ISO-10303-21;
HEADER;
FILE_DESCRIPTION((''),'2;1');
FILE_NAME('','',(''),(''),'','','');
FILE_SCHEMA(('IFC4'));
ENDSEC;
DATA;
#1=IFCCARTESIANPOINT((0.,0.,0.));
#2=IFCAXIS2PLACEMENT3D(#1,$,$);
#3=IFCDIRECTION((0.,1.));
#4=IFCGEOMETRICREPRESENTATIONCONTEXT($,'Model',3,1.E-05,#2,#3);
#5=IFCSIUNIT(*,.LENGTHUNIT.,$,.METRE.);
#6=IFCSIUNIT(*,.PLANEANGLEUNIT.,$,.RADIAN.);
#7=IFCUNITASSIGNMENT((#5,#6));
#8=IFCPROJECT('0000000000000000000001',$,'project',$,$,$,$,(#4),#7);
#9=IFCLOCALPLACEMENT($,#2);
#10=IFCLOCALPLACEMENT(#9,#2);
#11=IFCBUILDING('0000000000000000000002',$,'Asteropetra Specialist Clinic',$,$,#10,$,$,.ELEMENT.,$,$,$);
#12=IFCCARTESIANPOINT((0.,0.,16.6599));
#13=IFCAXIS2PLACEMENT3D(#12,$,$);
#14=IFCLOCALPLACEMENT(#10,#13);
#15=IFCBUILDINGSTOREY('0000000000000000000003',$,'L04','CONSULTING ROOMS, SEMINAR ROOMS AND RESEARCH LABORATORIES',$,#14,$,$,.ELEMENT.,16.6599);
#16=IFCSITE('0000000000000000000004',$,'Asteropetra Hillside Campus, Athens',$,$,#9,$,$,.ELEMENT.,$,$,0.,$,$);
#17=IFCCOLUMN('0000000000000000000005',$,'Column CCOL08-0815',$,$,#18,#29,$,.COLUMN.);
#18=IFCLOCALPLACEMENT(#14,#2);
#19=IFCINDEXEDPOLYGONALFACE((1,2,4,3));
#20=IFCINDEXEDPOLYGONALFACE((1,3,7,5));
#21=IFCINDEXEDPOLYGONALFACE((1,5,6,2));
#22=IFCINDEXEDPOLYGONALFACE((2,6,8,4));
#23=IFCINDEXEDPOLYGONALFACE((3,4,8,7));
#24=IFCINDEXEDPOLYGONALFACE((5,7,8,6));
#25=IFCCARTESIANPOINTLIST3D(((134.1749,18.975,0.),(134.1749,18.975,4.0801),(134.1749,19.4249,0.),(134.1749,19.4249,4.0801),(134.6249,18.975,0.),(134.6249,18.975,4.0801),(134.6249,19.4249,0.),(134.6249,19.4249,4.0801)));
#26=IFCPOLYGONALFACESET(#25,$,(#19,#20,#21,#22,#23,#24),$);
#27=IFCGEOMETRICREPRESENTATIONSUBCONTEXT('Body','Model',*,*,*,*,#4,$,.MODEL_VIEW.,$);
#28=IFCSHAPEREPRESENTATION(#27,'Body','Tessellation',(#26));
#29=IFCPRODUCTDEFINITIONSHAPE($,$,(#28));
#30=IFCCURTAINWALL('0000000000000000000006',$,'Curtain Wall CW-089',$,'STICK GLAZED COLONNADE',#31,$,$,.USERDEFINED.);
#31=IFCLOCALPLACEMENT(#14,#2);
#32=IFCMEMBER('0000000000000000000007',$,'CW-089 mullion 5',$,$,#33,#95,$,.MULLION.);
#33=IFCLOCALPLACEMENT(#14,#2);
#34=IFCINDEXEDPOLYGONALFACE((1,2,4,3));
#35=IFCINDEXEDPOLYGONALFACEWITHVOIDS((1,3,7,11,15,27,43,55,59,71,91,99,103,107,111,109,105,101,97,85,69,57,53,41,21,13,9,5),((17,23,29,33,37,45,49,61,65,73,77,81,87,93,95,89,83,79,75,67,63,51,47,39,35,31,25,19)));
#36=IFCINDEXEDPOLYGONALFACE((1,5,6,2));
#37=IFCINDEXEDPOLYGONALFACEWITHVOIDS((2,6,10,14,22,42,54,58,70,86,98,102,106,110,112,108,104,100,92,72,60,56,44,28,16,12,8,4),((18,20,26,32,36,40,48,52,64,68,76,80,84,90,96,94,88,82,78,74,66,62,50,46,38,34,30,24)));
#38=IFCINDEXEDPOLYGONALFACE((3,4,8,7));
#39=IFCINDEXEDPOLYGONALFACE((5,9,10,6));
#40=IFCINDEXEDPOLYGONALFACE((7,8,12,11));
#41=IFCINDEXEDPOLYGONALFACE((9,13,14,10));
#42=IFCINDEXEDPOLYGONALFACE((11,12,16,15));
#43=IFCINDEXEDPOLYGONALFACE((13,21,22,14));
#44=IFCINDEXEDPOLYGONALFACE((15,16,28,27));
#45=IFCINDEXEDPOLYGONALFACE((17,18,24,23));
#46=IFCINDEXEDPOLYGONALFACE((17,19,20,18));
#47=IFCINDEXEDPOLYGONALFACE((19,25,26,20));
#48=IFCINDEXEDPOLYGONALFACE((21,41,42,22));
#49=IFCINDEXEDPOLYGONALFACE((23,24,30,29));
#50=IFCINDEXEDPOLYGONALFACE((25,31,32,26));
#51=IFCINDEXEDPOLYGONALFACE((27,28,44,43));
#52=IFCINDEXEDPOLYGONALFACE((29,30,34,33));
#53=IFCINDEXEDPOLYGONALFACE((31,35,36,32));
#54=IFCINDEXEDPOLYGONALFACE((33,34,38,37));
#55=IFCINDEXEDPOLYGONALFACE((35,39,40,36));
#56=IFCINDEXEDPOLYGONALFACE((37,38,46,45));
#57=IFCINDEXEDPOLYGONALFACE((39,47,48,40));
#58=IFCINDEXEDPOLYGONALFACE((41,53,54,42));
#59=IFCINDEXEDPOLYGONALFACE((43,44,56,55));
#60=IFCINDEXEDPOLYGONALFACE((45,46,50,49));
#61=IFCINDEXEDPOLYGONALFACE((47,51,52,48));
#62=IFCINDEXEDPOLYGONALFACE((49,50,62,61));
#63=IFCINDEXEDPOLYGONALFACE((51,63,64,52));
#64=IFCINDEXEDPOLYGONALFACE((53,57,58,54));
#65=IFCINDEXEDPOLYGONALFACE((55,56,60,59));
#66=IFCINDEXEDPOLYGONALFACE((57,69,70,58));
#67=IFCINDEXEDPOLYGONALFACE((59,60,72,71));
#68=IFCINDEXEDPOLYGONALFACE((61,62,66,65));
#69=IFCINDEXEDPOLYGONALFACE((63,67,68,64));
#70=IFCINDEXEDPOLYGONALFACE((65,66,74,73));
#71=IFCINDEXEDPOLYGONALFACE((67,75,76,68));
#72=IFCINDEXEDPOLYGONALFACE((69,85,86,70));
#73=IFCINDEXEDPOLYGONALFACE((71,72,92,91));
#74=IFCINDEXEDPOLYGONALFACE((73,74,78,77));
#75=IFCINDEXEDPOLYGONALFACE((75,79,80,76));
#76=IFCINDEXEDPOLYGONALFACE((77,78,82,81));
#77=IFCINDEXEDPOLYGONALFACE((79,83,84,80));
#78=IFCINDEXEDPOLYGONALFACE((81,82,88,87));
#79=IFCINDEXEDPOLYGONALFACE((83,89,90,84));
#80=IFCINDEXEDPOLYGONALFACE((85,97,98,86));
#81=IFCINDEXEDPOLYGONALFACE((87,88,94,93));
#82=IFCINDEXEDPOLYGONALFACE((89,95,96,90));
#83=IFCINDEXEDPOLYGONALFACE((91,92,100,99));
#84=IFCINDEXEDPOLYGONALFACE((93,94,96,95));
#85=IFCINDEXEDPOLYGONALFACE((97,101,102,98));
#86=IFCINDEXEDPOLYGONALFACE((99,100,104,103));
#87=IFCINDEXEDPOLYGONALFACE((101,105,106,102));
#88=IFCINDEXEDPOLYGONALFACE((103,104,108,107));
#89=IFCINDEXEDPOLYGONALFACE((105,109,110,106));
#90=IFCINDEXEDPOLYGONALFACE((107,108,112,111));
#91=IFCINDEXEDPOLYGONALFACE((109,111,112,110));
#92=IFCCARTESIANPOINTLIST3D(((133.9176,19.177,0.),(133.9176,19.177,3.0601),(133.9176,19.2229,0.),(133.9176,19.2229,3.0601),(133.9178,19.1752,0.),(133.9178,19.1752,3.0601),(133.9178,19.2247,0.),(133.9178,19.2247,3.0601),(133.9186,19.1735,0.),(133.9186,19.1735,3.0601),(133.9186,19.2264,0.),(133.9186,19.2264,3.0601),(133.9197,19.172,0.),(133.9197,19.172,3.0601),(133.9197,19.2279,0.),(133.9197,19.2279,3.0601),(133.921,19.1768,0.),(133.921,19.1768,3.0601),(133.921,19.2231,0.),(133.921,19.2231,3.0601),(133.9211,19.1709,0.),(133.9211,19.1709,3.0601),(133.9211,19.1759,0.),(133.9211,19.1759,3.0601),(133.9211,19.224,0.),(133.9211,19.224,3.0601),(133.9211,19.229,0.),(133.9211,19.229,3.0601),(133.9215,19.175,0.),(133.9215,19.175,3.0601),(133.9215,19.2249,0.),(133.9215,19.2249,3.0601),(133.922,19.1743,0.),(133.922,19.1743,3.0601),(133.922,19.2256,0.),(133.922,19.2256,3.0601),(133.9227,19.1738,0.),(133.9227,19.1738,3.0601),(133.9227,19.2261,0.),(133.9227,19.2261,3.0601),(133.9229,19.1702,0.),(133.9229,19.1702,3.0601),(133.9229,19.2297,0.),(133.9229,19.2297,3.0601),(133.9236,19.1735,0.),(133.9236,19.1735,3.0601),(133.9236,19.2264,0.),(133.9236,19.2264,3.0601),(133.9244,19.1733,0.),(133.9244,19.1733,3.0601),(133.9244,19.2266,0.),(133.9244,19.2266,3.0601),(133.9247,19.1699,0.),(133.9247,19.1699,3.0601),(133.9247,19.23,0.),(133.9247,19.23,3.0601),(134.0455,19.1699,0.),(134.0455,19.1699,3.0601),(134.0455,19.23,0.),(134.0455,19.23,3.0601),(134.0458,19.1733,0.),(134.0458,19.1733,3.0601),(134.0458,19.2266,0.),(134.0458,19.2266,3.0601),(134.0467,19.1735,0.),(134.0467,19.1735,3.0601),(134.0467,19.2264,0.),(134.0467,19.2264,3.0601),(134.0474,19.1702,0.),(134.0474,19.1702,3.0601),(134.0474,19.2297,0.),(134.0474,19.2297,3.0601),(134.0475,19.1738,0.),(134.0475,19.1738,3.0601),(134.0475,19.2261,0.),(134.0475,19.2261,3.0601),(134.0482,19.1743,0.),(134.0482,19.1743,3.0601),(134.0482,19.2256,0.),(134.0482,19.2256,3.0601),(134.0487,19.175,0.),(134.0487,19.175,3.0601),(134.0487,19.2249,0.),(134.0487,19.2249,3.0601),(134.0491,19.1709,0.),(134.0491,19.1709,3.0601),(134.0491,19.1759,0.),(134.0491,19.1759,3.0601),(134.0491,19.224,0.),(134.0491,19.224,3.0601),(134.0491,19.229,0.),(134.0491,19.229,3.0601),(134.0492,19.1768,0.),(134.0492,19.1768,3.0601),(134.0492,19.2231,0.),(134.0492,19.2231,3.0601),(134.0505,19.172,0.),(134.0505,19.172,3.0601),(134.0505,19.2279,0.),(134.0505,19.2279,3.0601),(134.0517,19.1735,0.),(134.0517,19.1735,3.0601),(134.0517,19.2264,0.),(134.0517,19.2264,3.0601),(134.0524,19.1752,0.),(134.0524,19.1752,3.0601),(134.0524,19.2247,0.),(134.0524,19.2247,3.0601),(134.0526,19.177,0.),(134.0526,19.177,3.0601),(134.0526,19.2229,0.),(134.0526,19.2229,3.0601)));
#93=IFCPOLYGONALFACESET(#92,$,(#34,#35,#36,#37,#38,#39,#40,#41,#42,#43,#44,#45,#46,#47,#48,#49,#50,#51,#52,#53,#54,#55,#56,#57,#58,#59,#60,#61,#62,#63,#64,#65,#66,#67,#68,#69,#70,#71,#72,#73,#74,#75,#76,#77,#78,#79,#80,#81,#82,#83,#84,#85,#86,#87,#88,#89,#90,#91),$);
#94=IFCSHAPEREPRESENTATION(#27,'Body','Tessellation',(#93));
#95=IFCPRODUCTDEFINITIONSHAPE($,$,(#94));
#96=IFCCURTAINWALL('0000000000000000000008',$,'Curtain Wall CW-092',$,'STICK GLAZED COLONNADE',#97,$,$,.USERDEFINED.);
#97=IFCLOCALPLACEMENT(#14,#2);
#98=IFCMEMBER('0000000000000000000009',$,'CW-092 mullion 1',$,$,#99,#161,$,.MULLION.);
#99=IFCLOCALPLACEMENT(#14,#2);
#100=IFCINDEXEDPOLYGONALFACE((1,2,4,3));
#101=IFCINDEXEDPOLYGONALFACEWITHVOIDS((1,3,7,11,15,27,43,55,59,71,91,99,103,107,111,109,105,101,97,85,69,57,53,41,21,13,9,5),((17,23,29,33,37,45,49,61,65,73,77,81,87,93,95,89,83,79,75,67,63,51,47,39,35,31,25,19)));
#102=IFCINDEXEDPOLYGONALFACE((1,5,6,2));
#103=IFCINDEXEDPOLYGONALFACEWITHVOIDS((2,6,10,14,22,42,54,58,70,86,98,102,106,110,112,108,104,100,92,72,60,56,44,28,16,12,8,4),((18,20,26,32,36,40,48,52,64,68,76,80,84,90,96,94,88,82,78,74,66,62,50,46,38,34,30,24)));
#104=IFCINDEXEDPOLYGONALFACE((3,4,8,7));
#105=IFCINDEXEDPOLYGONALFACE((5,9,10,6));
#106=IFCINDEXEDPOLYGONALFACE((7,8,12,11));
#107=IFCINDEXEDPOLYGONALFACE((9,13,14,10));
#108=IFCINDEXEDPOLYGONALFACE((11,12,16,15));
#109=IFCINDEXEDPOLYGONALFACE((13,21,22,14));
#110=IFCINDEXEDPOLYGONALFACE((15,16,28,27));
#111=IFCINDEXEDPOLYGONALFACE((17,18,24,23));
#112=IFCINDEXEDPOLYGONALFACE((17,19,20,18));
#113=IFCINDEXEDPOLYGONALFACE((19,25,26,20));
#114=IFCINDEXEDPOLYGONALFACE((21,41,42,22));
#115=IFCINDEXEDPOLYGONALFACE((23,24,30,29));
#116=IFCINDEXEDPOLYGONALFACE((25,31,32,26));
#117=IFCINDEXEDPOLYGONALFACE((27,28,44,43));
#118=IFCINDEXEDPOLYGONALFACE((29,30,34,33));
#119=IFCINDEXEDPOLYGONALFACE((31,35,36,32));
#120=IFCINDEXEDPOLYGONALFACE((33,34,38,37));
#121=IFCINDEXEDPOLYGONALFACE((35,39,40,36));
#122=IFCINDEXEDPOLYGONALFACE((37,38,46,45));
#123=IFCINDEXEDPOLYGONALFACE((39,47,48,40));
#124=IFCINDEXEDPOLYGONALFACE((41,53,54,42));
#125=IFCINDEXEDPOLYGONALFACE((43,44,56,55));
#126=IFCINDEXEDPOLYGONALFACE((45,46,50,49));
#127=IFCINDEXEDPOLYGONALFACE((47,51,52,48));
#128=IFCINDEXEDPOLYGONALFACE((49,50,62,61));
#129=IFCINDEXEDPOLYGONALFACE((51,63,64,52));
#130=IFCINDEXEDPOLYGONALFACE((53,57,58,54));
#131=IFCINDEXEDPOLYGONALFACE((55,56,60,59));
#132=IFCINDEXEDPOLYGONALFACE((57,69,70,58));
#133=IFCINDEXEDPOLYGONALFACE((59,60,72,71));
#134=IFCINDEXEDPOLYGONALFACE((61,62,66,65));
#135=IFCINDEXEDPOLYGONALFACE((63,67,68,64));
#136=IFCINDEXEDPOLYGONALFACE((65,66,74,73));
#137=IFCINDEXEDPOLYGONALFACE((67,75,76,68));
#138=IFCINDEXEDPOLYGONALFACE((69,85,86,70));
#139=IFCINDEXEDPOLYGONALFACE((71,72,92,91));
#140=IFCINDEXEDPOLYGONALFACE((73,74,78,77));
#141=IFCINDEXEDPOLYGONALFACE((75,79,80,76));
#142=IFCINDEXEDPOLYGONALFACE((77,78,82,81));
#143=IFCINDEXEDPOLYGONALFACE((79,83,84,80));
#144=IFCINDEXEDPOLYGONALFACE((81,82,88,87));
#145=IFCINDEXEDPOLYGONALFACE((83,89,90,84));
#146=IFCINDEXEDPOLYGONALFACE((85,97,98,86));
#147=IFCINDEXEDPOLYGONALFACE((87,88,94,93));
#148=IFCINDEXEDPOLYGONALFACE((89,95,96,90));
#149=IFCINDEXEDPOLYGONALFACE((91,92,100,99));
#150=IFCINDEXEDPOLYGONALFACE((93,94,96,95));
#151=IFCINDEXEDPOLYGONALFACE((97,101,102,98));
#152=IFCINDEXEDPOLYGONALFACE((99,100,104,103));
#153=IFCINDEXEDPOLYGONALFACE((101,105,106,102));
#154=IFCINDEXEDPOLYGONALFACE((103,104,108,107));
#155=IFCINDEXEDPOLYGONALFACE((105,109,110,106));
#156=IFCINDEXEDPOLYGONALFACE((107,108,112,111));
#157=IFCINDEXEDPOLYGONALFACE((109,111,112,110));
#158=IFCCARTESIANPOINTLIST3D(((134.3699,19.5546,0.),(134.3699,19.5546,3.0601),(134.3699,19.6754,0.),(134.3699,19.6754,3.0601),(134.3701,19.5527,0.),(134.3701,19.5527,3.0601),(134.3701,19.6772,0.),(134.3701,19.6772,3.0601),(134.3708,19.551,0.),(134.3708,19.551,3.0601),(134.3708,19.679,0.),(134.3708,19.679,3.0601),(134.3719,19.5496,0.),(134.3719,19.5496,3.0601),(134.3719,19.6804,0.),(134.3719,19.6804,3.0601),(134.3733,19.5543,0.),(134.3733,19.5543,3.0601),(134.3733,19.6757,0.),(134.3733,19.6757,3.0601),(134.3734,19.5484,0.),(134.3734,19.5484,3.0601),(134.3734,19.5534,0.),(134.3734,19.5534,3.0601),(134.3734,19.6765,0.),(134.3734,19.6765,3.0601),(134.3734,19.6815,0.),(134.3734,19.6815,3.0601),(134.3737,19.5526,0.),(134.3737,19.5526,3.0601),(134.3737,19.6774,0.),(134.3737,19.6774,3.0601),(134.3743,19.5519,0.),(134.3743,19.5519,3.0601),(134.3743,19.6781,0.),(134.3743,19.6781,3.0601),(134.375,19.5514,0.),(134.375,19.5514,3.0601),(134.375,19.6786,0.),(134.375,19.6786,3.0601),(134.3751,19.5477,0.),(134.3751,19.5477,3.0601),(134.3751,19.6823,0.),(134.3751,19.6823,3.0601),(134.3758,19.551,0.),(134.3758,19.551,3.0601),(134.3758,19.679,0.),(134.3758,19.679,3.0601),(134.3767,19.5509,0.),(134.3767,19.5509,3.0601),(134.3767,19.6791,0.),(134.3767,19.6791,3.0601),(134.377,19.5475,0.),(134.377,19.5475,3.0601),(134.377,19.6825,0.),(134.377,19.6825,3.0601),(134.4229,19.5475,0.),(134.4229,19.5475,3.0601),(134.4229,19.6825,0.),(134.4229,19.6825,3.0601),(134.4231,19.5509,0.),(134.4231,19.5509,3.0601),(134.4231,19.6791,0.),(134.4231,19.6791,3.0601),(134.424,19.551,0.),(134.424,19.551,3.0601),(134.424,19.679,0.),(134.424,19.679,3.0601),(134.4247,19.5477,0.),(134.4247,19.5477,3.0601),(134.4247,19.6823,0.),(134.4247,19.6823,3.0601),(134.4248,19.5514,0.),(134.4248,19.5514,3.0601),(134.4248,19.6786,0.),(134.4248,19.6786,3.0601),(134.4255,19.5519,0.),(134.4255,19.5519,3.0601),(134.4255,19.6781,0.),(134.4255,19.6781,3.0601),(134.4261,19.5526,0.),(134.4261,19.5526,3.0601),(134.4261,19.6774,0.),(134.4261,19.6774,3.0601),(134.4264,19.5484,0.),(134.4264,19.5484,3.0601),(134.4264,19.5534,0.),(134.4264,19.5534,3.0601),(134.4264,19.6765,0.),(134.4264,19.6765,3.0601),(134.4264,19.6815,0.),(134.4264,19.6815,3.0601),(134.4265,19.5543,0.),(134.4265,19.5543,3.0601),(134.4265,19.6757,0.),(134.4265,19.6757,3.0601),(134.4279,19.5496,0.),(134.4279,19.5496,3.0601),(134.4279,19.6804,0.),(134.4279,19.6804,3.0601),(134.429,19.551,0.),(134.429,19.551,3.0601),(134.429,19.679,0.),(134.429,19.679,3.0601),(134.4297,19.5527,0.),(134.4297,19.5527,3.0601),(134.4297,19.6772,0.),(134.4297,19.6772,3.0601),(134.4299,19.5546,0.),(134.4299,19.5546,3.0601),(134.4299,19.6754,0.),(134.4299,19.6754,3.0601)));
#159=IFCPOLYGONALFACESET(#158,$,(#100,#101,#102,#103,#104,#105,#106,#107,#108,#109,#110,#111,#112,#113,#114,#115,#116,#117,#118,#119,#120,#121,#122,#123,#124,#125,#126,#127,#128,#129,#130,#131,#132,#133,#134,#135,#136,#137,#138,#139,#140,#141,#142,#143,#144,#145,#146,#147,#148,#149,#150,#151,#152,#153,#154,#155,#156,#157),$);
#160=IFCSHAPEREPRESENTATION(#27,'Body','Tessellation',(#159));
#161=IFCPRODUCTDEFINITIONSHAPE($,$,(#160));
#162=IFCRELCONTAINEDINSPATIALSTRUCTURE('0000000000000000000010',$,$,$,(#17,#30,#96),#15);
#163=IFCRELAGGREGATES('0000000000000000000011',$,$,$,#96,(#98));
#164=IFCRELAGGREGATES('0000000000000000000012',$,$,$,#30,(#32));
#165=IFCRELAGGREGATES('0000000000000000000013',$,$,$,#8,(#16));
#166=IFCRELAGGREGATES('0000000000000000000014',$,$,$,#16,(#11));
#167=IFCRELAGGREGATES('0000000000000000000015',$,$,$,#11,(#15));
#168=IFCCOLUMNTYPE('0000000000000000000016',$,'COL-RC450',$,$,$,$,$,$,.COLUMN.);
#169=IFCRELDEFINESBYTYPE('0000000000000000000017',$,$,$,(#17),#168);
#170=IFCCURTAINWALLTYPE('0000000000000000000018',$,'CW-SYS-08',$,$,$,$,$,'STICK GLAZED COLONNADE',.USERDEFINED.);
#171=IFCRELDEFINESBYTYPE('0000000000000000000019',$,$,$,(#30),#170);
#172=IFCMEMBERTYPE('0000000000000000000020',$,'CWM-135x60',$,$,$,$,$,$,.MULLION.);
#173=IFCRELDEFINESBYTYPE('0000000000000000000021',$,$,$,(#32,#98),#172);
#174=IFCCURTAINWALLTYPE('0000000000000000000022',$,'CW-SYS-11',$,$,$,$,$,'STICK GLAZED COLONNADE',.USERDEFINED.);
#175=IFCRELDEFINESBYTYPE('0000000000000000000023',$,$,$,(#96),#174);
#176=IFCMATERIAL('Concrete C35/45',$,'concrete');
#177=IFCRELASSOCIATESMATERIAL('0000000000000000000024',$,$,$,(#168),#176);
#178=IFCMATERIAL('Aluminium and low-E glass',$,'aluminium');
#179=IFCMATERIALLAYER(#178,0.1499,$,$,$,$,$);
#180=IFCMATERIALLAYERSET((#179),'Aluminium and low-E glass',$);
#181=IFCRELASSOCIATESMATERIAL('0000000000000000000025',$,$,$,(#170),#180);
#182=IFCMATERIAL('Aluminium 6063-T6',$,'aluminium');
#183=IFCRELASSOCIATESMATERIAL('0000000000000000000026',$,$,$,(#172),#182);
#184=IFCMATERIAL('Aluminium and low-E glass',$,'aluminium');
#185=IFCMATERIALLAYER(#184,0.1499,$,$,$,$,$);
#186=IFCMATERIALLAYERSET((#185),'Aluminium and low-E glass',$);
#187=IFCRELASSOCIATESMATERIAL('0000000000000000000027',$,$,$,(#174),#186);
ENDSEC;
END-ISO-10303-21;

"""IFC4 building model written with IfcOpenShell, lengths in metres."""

from ifc_helpers import new_model, si_unit, direction, frame, origin, origin_2d, place, context, subcontext, project, spatial, rectangle, hollow_rectangle, extrude, material, layer, layer_set, material_profile, profile_set, type_object, element, aggregate, save


model = new_model("IFC4")

# Units and contexts
model_context = context("Model", 3, precision=1e-05, world=origin(), true_north=direction((0.0, 1.0)))
body_context = subcontext(model_context, "Body", "Model", "MODEL_VIEW")
ifc_project = project(units=[si_unit("LENGTHUNIT", "METRE"), si_unit("PLANEANGLEUNIT", "RADIAN")], contexts=[model_context])

# Site, building, storey
site_placement = place(None, origin())
site = spatial("IfcSite", under=ifc_project, at=site_placement, Name="Asteropetra Hillside Campus, Athens", CompositionType="ELEMENT", RefElevation=0.0)
building_placement = place(site_placement, origin())
building = spatial("IfcBuilding", under=site, at=building_placement, Name="Asteropetra Specialist Clinic", CompositionType="ELEMENT")
storey_placement = place(building_placement, frame((0.0, 0.0, 16.6599)))
storey = spatial("IfcBuildingStorey", under=building, at=storey_placement, Name="L04", Description="CONSULTING ROOMS, SEMINAR ROOMS AND RESEARCH LABORATORIES", CompositionType="ELEMENT", Elevation=16.6599)

# Column
ifc_material_1 = material(Name="Concrete C35/45", Category="concrete")
ifc_material_profile_1 = material_profile(ifc_material_1, rectangle(XDim=0.45, YDim=0.45, at=origin_2d()), Name="RC 450x450")
ifc_profile_set_1 = profile_set([ifc_material_profile_1], Name="Concrete C35/45")
column_type = type_object("IfcColumnType", Name="COL-RC450", PredefinedType="COLUMN", material=ifc_profile_set_1)
column_placement = place(storey_placement, frame((134.3999, 19.2, 0.0), z_axis=(0.0, 0.0, 1.0), x_axis=(1.0, 0.0, 0.0)))
element("IfcColumn", 1, at=column_placement, inside=storey, type_object=column_type, Name="Column CCOL08-0815", PredefinedType="COLUMN", context=body_context, shape_type="SweptSolid", body=[
    extrude(rectangle(XDim=0.45, YDim=0.45, at=origin_2d()), origin(), (0.0, 0.0, 1.0), 4.0801),
])

# Curtain wall, member
ifc_material_2 = material(Name="Aluminium and low-E glass", Category="aluminium")
ifc_layer_1 = layer(ifc_material_2, 0.1499)
ifc_layer_set_1 = layer_set([ifc_layer_1], Name="Aluminium and low-E glass")
curtain_wall_type_1 = type_object("IfcCurtainWallType", Name="CW-SYS-08", ElementType="STICK GLAZED COLONNADE", PredefinedType="USERDEFINED", material=ifc_layer_set_1)
curtain_wall_1_placement = place(storey_placement, origin())
curtain_wall_1 = element("IfcCurtainWall", 2, at=curtain_wall_1_placement, inside=storey, type_object=curtain_wall_type_1, Name="Curtain Wall CW-089", ObjectType="STICK GLAZED COLONNADE", PredefinedType="USERDEFINED")
ifc_material_3 = material(Name="Aluminium 6063-T6", Category="aluminium")
ifc_material_profile_2 = material_profile(ifc_material_3, hollow_rectangle(XDim=0.0601, YDim=0.135, WallThickness=0.0034, InnerFilletRadius=0.0034, OuterFilletRadius=0.0071, at=origin_2d()), Name="MUL 135x60x3.5")
ifc_profile_set_2 = profile_set([ifc_material_profile_2], Name="Aluminium 6063-T6")
member_type_1 = type_object("IfcMemberType", Name="CWM-135x60", PredefinedType="MULLION", material=ifc_profile_set_2)
member_1_placement = place(storey_placement, frame((133.9851, 19.2, 0.0), z_axis=(0.0, 0.0, 1.0), x_axis=(0.0, 1.0, 0.0)))
member_1 = element("IfcMember", 3, at=member_1_placement, type_object=member_type_1, Name="CW-089 mullion 5", PredefinedType="MULLION", context=body_context, shape_type="SweptSolid", body=[
    extrude(hollow_rectangle(XDim=0.0601, YDim=0.135, WallThickness=0.0034, InnerFilletRadius=0.0034, OuterFilletRadius=0.0071, at=origin_2d()), origin(), (0.0, 0.0, 1.0), 3.0601),
])

# Curtain wall, member
ifc_material_4 = material(Name="Aluminium and low-E glass", Category="aluminium")
ifc_layer_2 = layer(ifc_material_4, 0.1499)
ifc_layer_set_2 = layer_set([ifc_layer_2], Name="Aluminium and low-E glass")
curtain_wall_type_2 = type_object("IfcCurtainWallType", Name="CW-SYS-11", ElementType="STICK GLAZED COLONNADE", PredefinedType="USERDEFINED", material=ifc_layer_set_2)
curtain_wall_2_placement = place(storey_placement, origin())
curtain_wall_2 = element("IfcCurtainWall", 4, at=curtain_wall_2_placement, inside=storey, type_object=curtain_wall_type_2, Name="Curtain Wall CW-092", ObjectType="STICK GLAZED COLONNADE", PredefinedType="USERDEFINED")
member_2_placement = place(storey_placement, frame((134.3999, 19.615, 0.0), z_axis=(0.0, 0.0, 1.0), x_axis=(-1.0, 0.0, 0.0)))
member_2 = element("IfcMember", 5, at=member_2_placement, type_object=member_type_1, Name="CW-092 mullion 1", PredefinedType="MULLION", context=body_context, shape_type="SweptSolid", body=[
    extrude(hollow_rectangle(XDim=0.0601, YDim=0.135, WallThickness=0.0034, InnerFilletRadius=0.0034, OuterFilletRadius=0.0071, at=origin_2d()), origin(), (0.0, 0.0, 1.0), 3.0601),
])

aggregate(curtain_wall_2, [member_2])
aggregate(curtain_wall_1, [member_1])

save(model, "model.ifc")
